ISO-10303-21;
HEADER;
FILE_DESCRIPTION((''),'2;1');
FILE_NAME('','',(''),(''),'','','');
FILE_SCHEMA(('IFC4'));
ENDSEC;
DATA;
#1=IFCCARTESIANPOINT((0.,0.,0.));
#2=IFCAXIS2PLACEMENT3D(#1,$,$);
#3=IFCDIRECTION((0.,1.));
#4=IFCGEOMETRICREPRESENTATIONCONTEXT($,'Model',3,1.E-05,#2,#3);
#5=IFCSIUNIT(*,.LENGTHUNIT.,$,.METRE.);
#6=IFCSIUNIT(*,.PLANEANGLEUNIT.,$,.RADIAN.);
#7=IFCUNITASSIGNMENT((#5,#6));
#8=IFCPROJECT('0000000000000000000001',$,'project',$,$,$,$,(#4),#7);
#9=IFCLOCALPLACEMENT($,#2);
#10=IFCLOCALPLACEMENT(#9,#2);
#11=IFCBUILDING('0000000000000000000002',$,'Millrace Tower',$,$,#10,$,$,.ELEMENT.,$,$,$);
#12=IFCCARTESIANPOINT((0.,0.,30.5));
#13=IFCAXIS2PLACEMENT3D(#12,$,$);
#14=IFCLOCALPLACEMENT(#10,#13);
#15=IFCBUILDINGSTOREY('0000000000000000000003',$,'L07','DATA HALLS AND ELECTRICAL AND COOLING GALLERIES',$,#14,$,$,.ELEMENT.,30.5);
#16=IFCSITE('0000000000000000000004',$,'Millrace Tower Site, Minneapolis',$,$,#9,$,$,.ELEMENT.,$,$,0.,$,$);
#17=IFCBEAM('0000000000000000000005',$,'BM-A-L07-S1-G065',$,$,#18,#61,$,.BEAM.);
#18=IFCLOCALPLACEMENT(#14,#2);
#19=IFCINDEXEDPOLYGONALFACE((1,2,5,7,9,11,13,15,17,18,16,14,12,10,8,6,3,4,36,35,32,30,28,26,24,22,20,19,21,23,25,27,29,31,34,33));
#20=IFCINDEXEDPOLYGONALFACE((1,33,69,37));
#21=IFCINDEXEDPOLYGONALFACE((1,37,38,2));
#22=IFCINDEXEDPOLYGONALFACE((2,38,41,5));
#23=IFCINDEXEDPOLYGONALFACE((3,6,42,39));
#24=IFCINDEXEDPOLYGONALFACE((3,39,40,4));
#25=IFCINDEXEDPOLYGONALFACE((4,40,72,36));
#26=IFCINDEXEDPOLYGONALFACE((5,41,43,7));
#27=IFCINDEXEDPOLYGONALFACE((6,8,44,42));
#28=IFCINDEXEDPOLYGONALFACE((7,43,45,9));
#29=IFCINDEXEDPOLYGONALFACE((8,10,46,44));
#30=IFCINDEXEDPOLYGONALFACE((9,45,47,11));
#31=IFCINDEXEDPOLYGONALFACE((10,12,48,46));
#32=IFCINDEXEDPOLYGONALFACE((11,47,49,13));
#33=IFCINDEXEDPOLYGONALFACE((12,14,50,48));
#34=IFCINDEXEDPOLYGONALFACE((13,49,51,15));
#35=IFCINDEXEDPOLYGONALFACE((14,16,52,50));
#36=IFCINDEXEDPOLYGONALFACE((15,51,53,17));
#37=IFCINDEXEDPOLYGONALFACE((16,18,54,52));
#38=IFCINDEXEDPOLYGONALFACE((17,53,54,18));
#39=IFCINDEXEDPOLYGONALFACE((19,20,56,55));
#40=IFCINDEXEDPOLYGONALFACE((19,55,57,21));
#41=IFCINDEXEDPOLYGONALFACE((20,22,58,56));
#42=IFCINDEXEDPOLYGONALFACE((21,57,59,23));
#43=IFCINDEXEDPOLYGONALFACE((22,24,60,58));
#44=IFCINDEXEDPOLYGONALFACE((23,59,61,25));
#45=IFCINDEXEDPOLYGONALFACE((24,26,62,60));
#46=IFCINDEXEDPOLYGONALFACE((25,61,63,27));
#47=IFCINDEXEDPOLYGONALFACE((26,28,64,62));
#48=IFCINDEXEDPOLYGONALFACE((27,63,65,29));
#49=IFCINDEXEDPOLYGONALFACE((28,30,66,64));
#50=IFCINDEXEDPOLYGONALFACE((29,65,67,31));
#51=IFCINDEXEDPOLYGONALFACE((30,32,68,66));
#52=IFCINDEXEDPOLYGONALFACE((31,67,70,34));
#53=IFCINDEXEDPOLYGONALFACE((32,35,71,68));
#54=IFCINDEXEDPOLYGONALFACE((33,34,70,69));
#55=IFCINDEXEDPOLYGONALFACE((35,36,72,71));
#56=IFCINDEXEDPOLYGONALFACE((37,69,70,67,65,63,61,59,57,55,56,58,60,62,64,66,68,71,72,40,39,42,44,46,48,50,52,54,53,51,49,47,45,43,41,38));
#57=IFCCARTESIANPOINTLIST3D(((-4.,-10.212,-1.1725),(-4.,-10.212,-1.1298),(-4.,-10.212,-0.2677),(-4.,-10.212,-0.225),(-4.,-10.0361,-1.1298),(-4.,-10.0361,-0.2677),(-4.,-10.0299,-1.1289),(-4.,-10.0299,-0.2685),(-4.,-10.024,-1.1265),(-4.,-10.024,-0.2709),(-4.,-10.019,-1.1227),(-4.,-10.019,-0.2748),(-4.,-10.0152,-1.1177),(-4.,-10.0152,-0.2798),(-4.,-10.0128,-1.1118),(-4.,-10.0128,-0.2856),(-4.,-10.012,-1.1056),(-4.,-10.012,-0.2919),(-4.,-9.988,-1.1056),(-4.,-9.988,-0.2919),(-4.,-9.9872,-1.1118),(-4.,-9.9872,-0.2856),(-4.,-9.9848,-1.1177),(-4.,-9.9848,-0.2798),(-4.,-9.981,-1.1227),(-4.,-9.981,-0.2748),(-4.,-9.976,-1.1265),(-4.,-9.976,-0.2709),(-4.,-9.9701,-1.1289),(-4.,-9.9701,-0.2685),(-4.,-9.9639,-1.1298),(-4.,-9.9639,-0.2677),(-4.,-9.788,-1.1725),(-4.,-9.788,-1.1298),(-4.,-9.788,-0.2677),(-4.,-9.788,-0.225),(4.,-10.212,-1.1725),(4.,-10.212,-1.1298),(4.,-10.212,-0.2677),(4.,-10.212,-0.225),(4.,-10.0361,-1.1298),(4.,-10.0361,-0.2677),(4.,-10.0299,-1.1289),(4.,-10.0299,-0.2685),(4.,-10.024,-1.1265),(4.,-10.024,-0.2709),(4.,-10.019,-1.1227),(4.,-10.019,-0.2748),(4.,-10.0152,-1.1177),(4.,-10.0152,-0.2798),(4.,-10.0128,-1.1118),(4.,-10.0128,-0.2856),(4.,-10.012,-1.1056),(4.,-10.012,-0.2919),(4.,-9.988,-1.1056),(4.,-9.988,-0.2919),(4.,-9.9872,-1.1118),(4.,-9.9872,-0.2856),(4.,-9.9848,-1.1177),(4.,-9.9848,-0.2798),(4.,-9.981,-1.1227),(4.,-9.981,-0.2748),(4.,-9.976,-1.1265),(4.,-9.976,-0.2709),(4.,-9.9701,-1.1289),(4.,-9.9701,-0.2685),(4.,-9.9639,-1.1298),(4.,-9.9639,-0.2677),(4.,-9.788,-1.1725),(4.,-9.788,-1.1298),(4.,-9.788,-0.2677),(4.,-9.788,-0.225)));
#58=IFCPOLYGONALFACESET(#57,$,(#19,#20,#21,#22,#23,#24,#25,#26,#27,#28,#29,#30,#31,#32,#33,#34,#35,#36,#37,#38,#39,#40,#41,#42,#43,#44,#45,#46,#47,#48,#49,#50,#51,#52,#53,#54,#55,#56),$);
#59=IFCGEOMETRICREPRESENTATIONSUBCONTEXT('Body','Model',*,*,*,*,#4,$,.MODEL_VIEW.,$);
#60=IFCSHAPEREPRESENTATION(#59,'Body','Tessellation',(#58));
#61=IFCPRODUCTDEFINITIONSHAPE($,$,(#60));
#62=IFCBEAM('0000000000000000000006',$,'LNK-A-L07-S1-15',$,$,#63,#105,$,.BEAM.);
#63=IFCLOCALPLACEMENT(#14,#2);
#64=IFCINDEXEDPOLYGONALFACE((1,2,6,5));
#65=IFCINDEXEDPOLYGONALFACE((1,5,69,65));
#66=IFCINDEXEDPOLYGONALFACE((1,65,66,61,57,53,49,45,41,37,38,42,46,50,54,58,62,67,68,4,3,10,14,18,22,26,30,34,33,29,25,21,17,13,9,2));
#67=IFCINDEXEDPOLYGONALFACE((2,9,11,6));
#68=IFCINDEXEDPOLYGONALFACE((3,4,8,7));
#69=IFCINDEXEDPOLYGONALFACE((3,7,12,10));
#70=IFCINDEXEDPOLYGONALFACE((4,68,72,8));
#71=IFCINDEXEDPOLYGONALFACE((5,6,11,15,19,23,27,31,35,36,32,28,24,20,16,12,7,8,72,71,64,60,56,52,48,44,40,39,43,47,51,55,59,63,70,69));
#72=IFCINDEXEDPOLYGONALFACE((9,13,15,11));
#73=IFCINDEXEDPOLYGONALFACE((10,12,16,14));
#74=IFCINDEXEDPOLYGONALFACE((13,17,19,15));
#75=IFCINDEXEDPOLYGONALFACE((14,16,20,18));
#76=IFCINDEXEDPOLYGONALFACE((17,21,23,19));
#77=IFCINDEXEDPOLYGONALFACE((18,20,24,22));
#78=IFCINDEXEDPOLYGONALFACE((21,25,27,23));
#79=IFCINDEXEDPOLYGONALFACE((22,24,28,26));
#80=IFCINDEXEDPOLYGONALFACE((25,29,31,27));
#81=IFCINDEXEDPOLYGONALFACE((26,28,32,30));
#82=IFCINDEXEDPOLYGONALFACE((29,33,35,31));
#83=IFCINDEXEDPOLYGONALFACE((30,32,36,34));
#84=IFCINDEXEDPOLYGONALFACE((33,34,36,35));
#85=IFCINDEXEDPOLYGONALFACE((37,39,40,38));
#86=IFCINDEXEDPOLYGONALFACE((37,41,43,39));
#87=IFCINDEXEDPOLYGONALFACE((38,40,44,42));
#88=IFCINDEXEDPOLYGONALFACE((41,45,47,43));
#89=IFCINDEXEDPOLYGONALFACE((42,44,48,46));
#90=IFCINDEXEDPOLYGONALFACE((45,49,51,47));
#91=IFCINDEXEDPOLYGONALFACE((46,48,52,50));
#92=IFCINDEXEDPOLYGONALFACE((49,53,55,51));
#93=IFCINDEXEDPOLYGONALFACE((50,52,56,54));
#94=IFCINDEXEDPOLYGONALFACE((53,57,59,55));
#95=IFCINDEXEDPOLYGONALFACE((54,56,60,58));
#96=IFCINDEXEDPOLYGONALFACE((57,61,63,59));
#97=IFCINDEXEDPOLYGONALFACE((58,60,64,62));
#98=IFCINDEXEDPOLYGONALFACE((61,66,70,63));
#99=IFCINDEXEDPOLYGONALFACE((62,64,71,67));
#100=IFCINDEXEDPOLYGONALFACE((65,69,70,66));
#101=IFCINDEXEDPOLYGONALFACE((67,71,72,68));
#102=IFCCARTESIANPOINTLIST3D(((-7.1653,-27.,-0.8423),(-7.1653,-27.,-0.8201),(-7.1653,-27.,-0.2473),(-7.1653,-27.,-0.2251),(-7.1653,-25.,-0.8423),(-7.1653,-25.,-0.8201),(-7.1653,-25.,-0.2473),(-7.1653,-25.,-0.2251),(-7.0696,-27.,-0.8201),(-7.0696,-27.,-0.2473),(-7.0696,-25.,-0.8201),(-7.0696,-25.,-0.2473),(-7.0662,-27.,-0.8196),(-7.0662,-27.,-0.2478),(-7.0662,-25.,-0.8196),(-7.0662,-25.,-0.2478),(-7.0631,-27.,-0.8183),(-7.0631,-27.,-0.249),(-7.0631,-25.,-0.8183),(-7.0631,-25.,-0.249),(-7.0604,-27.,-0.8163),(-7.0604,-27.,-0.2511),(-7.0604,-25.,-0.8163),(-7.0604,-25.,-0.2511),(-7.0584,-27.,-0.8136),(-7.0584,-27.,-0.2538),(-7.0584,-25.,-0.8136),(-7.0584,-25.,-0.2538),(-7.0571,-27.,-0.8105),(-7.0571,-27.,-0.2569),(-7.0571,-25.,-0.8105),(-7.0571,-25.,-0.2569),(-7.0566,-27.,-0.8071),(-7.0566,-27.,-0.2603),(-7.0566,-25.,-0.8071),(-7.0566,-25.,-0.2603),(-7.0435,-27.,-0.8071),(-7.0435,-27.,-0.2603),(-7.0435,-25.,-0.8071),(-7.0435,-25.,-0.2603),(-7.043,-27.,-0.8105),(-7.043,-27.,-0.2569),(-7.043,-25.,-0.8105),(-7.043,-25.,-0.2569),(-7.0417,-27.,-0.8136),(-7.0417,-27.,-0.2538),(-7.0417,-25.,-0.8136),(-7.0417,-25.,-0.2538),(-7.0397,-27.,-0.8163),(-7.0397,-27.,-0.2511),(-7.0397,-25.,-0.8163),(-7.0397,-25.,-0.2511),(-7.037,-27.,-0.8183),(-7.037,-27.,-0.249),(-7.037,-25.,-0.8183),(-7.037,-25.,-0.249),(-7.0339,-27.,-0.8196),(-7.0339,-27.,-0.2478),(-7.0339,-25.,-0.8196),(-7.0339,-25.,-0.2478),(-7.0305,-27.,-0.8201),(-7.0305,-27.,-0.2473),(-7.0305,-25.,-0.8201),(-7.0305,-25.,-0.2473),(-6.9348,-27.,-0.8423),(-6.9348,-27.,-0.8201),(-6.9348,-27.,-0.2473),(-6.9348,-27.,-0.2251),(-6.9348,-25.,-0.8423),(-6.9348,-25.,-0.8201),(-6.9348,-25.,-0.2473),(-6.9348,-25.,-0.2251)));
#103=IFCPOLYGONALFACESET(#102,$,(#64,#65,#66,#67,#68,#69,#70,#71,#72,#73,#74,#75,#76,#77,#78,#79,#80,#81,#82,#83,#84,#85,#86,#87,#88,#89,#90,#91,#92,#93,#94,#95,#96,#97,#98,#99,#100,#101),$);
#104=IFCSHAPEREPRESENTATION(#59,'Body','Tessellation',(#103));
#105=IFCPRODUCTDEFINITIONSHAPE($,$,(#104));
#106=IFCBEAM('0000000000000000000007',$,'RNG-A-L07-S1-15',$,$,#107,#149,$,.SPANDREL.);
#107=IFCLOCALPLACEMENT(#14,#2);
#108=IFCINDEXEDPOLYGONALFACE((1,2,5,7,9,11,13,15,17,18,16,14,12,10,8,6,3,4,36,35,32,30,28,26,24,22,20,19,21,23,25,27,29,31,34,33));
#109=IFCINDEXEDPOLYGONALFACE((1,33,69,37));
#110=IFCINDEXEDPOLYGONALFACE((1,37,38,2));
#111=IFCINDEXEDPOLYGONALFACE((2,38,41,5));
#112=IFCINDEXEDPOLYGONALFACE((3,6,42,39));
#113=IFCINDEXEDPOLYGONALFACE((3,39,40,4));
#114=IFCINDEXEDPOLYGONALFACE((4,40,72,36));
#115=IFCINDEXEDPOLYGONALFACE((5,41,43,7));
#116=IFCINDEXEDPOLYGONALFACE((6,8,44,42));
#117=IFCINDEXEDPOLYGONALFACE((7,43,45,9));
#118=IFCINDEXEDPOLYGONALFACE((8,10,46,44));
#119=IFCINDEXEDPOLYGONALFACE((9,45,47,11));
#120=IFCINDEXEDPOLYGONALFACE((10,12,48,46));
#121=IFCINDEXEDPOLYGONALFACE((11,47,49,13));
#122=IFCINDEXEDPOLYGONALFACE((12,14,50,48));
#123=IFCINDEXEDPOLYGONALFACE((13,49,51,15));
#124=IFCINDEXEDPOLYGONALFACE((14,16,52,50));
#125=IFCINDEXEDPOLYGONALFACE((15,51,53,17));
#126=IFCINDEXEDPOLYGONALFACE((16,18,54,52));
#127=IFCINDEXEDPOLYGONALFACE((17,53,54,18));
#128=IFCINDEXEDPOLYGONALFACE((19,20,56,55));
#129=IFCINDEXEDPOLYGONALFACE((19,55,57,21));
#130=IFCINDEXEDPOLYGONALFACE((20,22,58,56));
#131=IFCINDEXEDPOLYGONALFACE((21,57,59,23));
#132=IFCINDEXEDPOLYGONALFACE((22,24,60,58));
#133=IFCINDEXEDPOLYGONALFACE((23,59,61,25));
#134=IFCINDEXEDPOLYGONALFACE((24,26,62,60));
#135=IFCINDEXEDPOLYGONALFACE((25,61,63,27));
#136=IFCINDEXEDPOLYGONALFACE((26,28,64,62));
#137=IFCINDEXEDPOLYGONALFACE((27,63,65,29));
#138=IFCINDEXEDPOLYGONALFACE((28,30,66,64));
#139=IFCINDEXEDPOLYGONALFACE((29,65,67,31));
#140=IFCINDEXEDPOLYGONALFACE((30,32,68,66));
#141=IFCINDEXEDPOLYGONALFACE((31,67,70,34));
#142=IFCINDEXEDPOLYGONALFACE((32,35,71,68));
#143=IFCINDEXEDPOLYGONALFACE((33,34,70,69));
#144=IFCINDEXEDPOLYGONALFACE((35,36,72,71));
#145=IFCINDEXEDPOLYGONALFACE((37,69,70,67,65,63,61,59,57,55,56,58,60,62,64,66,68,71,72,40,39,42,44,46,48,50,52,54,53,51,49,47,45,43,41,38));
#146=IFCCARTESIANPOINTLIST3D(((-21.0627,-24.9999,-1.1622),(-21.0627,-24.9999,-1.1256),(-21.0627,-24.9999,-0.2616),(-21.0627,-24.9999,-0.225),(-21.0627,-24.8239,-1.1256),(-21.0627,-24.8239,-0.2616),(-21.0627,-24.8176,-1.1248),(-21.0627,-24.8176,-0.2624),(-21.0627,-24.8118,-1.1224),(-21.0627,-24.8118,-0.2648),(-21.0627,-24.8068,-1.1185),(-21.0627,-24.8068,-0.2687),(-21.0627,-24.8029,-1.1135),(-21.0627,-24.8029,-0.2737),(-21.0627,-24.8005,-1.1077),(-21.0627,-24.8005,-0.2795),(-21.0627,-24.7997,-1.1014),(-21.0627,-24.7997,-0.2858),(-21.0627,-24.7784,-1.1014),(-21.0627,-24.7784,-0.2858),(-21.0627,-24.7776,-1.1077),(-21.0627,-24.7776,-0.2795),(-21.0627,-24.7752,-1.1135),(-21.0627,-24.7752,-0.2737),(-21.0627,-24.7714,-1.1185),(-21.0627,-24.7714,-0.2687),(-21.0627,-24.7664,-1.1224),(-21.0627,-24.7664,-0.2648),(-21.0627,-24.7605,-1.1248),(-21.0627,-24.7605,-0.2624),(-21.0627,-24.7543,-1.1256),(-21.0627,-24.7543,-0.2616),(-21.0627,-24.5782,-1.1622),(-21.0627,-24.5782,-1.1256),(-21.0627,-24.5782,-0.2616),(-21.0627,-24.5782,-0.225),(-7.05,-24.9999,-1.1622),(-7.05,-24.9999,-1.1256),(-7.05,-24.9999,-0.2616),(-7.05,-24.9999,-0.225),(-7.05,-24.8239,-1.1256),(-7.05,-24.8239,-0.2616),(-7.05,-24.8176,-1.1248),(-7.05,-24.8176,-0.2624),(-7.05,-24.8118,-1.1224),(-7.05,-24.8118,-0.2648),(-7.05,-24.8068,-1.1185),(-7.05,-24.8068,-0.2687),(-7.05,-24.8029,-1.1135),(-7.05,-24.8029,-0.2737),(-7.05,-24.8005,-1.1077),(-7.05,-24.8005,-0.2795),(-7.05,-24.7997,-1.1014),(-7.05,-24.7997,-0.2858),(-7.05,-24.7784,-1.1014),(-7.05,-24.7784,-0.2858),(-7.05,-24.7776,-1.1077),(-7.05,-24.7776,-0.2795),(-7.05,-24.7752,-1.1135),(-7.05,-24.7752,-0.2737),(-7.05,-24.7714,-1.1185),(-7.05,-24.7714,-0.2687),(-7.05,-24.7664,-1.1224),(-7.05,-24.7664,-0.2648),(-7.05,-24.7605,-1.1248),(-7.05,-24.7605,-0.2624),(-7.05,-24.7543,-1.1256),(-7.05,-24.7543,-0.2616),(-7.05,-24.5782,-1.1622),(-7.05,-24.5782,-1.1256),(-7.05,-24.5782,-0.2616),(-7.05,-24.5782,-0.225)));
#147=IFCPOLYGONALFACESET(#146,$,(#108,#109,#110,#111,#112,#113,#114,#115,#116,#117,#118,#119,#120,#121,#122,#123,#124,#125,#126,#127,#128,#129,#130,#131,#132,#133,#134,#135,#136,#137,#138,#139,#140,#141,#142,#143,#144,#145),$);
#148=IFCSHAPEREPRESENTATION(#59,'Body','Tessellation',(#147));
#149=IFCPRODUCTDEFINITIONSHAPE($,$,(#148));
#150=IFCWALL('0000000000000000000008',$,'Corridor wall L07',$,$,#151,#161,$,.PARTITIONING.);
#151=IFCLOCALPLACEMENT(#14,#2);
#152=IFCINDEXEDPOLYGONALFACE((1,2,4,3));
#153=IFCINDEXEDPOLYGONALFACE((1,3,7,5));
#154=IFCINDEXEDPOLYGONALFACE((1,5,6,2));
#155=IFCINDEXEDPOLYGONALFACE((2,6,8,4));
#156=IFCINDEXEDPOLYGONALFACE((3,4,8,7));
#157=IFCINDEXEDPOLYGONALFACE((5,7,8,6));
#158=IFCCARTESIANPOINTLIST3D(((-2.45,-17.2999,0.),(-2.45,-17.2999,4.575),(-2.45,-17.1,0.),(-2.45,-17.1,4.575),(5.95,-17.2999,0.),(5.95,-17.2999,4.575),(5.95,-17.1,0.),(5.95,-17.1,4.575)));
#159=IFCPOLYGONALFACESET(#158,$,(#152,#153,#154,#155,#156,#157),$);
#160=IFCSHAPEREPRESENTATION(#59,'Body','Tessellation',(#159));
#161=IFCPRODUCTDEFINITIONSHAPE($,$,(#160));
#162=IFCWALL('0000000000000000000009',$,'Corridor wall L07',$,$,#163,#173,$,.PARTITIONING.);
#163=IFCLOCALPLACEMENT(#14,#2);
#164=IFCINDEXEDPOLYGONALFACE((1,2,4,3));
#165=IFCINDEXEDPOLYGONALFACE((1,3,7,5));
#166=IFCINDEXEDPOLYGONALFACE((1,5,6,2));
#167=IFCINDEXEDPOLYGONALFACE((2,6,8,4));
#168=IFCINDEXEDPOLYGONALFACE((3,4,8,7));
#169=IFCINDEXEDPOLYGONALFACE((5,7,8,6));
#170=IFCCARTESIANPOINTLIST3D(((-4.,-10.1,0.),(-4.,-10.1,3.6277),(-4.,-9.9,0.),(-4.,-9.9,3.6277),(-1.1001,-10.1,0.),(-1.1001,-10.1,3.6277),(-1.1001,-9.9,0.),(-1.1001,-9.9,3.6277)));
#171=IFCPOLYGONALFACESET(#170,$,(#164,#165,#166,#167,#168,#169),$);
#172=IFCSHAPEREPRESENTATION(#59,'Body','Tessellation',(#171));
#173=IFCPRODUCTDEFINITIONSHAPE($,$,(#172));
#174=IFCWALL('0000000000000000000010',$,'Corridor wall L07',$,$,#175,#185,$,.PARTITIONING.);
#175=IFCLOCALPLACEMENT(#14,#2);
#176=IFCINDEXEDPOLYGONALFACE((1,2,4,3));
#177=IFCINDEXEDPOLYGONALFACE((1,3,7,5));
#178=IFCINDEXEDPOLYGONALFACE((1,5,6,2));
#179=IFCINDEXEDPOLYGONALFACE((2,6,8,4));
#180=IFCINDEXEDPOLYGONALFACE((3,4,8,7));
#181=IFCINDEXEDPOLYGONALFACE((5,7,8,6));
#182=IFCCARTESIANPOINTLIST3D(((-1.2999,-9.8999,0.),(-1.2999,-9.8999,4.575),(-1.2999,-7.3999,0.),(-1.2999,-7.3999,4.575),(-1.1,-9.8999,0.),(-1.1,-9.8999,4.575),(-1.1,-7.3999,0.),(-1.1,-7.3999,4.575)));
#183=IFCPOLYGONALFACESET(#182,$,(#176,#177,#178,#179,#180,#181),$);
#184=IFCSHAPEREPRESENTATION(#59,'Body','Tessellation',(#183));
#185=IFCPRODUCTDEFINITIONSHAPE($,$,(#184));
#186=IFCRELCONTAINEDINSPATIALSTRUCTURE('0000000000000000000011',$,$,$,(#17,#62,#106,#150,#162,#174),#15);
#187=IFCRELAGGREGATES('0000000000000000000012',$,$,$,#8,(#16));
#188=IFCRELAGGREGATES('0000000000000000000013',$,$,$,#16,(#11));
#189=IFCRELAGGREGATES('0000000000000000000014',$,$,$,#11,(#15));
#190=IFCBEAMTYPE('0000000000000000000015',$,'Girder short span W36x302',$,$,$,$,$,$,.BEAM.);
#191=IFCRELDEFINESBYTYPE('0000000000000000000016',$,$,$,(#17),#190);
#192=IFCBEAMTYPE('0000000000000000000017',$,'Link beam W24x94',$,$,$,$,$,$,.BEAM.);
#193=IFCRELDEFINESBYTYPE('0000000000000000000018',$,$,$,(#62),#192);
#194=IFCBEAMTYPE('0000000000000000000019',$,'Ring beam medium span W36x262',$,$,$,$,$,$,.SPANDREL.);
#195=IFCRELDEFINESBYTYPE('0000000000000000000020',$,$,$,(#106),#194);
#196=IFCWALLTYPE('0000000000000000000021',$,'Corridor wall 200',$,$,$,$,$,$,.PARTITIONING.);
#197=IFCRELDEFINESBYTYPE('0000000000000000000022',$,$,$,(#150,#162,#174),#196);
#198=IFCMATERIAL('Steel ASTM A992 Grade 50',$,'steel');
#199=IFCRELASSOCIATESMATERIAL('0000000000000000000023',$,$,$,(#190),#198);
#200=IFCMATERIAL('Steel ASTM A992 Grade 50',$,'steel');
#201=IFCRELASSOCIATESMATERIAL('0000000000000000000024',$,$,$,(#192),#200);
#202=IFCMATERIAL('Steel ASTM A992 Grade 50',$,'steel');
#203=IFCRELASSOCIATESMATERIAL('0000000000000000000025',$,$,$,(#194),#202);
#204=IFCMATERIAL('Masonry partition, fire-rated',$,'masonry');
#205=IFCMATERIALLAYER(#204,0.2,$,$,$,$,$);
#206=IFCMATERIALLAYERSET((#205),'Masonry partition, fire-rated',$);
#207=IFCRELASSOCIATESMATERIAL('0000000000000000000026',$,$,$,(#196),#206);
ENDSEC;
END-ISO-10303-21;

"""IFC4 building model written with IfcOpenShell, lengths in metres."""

from ifc_helpers import new_model, si_unit, direction, frame, frame_2d, origin, origin_2d, place, context, subcontext, project, spatial, rectangle, i_section, extrude, material, layer, layer_set, material_profile, profile_set, type_object, element, save


model = new_model("IFC4")

# Units and contexts
model_context = context("Model", 3, precision=1e-05, world=origin(), true_north=direction((0.0, 1.0)))
body_context = subcontext(model_context, "Body", "Model", "MODEL_VIEW")
ifc_project = project(units=[si_unit("LENGTHUNIT", "METRE"), si_unit("PLANEANGLEUNIT", "RADIAN")], contexts=[model_context])

# Site, building, storey
site_placement = place(None, origin())
site = spatial("IfcSite", under=ifc_project, at=site_placement, Name="Millrace Tower Site, Minneapolis", CompositionType="ELEMENT", RefElevation=0.0)
building_placement = place(site_placement, origin())
building = spatial("IfcBuilding", under=site, at=building_placement, Name="Millrace Tower", CompositionType="ELEMENT")
storey_placement = place(building_placement, frame((0.0, 0.0, 30.5)))
storey = spatial("IfcBuildingStorey", under=building, at=storey_placement, Name="L07", Description="DATA HALLS AND ELECTRICAL AND COOLING GALLERIES", CompositionType="ELEMENT", Elevation=30.5)

# Beams
ifc_material_1 = material(Name="Steel ASTM A992 Grade 50", Category="steel")
ifc_material_profile_1 = material_profile(ifc_material_1, i_section(OverallWidth=0.4241, OverallDepth=0.9475, WebThickness=0.0239, FlangeThickness=0.0427, FilletRadius=0.0242, at=origin_2d()))
ifc_profile_set_1 = profile_set([ifc_material_profile_1], Name="Steel ASTM A992 Grade 50")
beam_type_1 = type_object("IfcBeamType", Name="Girder short span W36x302", PredefinedType="BEAM", material=ifc_profile_set_1)
beam_1_placement = place(storey_placement, frame((-4.0, -10.0, -0.6987), z_axis=(1.0, 0.0, 0.0), x_axis=(0.0, 1.0, 0.0)))
element("IfcBeam", 1, at=beam_1_placement, inside=storey, type_object=beam_type_1, Name="BM-A-L07-S1-G065", PredefinedType="BEAM", context=body_context, shape_type="SweptSolid", body=[
    extrude(i_section(OverallWidth=0.4241, OverallDepth=0.9475, WebThickness=0.0239, FlangeThickness=0.0427, FilletRadius=0.0242, at=origin_2d()), origin(), (0.0, 0.0, 1.0), 8.0),
])
ifc_material_2 = material(Name="Steel ASTM A992 Grade 50", Category="steel")
ifc_material_profile_2 = material_profile(ifc_material_2, i_section(OverallWidth=0.2305, OverallDepth=0.6172, WebThickness=0.0132, FlangeThickness=0.0222, FilletRadius=0.0129, at=origin_2d()))
ifc_profile_set_2 = profile_set([ifc_material_profile_2], Name="Steel ASTM A992 Grade 50")
beam_type_2 = type_object("IfcBeamType", Name="Link beam W24x94", PredefinedType="BEAM", material=ifc_profile_set_2)
beam_2_placement = place(storey_placement, frame((-7.05, -25.0, -0.5337), z_axis=(0.0, -1.0, 0.0), x_axis=(1.0, 0.0, 0.0)))
element("IfcBeam", 2, at=beam_2_placement, inside=storey, type_object=beam_type_2, Name="LNK-A-L07-S1-15", PredefinedType="BEAM", context=body_context, shape_type="SweptSolid", body=[
    extrude(i_section(OverallWidth=0.2305, OverallDepth=0.6172, WebThickness=0.0132, FlangeThickness=0.0222, FilletRadius=0.0129, at=origin_2d()), origin(), (0.0, 0.0, 1.0), 2.0),
])
ifc_material_3 = material(Name="Steel ASTM A992 Grade 50", Category="steel")
ifc_material_profile_3 = material_profile(ifc_material_3, i_section(OverallWidth=0.4216, OverallDepth=0.9373, WebThickness=0.0212, FlangeThickness=0.0366, FilletRadius=0.0242, at=origin_2d()))
ifc_profile_set_3 = profile_set([ifc_material_profile_3], Name="Steel ASTM A992 Grade 50")
beam_type_3 = type_object("IfcBeamType", Name="Ring beam medium span W36x262", PredefinedType="SPANDREL", material=ifc_profile_set_3)
beam_3_placement = place(storey_placement, frame((-7.05, -24.7891, -0.6936), z_axis=(-1.0, 0.0, 0.0), x_axis=(0.0, -1.0, 0.0)))
element("IfcBeam", 3, at=beam_3_placement, inside=storey, type_object=beam_type_3, Name="RNG-A-L07-S1-15", PredefinedType="SPANDREL", context=body_context, shape_type="SweptSolid", body=[
    extrude(i_section(OverallWidth=0.4216, OverallDepth=0.9373, WebThickness=0.0212, FlangeThickness=0.0366, FilletRadius=0.0242, at=origin_2d()), origin(), (0.0, 0.0, 1.0), 14.0127),
])

# Walls
ifc_material_4 = material(Name="Masonry partition, fire-rated", Category="masonry")
ifc_layer_1 = layer(ifc_material_4, 0.2)
ifc_layer_set_1 = layer_set([ifc_layer_1], Name="Masonry partition, fire-rated")
wall_type_1 = type_object("IfcWallType", Name="Corridor wall 200", PredefinedType="PARTITIONING", material=ifc_layer_set_1)
wall_1_placement = place(storey_placement, frame((-2.45, -17.2, 0.0), z_axis=(0.0, 0.0, 1.0), x_axis=(1.0, 0.0, 0.0)))
element("IfcWall", 4, at=wall_1_placement, inside=storey, type_object=wall_type_1, Name="Corridor wall L07", PredefinedType="PARTITIONING", context=body_context, shape_type="SweptSolid", body=[
    extrude(rectangle(XDim=8.3999, YDim=0.2, at=frame_2d((4.2, 0.0))), origin(), (0.0, 0.0, 1.0), 4.575),
])
wall_2_placement = place(storey_placement, frame((-4.0, -10.0, 0.0), z_axis=(0.0, 0.0, 1.0), x_axis=(1.0, 0.0, 0.0)))
element("IfcWall", 5, at=wall_2_placement, inside=storey, type_object=wall_type_1, Name="Corridor wall L07", PredefinedType="PARTITIONING", context=body_context, shape_type="SweptSolid", body=[
    extrude(rectangle(XDim=2.8999, YDim=0.2, at=frame_2d((1.45, 0.0))), origin(), (0.0, 0.0, 1.0), 3.6277),
])
wall_3_placement = place(storey_placement, frame((-1.2, -9.8999, 0.0), z_axis=(0.0, 0.0, 1.0), x_axis=(0.0, 1.0, 0.0)))
element("IfcWall", 6, at=wall_3_placement, inside=storey, type_object=wall_type_1, Name="Corridor wall L07", PredefinedType="PARTITIONING", context=body_context, shape_type="SweptSolid", body=[
    extrude(rectangle(XDim=2.5, YDim=0.2, at=frame_2d((1.25, 0.0))), origin(), (0.0, 0.0, 1.0), 4.575),
])

save(model, "model.ifc")
